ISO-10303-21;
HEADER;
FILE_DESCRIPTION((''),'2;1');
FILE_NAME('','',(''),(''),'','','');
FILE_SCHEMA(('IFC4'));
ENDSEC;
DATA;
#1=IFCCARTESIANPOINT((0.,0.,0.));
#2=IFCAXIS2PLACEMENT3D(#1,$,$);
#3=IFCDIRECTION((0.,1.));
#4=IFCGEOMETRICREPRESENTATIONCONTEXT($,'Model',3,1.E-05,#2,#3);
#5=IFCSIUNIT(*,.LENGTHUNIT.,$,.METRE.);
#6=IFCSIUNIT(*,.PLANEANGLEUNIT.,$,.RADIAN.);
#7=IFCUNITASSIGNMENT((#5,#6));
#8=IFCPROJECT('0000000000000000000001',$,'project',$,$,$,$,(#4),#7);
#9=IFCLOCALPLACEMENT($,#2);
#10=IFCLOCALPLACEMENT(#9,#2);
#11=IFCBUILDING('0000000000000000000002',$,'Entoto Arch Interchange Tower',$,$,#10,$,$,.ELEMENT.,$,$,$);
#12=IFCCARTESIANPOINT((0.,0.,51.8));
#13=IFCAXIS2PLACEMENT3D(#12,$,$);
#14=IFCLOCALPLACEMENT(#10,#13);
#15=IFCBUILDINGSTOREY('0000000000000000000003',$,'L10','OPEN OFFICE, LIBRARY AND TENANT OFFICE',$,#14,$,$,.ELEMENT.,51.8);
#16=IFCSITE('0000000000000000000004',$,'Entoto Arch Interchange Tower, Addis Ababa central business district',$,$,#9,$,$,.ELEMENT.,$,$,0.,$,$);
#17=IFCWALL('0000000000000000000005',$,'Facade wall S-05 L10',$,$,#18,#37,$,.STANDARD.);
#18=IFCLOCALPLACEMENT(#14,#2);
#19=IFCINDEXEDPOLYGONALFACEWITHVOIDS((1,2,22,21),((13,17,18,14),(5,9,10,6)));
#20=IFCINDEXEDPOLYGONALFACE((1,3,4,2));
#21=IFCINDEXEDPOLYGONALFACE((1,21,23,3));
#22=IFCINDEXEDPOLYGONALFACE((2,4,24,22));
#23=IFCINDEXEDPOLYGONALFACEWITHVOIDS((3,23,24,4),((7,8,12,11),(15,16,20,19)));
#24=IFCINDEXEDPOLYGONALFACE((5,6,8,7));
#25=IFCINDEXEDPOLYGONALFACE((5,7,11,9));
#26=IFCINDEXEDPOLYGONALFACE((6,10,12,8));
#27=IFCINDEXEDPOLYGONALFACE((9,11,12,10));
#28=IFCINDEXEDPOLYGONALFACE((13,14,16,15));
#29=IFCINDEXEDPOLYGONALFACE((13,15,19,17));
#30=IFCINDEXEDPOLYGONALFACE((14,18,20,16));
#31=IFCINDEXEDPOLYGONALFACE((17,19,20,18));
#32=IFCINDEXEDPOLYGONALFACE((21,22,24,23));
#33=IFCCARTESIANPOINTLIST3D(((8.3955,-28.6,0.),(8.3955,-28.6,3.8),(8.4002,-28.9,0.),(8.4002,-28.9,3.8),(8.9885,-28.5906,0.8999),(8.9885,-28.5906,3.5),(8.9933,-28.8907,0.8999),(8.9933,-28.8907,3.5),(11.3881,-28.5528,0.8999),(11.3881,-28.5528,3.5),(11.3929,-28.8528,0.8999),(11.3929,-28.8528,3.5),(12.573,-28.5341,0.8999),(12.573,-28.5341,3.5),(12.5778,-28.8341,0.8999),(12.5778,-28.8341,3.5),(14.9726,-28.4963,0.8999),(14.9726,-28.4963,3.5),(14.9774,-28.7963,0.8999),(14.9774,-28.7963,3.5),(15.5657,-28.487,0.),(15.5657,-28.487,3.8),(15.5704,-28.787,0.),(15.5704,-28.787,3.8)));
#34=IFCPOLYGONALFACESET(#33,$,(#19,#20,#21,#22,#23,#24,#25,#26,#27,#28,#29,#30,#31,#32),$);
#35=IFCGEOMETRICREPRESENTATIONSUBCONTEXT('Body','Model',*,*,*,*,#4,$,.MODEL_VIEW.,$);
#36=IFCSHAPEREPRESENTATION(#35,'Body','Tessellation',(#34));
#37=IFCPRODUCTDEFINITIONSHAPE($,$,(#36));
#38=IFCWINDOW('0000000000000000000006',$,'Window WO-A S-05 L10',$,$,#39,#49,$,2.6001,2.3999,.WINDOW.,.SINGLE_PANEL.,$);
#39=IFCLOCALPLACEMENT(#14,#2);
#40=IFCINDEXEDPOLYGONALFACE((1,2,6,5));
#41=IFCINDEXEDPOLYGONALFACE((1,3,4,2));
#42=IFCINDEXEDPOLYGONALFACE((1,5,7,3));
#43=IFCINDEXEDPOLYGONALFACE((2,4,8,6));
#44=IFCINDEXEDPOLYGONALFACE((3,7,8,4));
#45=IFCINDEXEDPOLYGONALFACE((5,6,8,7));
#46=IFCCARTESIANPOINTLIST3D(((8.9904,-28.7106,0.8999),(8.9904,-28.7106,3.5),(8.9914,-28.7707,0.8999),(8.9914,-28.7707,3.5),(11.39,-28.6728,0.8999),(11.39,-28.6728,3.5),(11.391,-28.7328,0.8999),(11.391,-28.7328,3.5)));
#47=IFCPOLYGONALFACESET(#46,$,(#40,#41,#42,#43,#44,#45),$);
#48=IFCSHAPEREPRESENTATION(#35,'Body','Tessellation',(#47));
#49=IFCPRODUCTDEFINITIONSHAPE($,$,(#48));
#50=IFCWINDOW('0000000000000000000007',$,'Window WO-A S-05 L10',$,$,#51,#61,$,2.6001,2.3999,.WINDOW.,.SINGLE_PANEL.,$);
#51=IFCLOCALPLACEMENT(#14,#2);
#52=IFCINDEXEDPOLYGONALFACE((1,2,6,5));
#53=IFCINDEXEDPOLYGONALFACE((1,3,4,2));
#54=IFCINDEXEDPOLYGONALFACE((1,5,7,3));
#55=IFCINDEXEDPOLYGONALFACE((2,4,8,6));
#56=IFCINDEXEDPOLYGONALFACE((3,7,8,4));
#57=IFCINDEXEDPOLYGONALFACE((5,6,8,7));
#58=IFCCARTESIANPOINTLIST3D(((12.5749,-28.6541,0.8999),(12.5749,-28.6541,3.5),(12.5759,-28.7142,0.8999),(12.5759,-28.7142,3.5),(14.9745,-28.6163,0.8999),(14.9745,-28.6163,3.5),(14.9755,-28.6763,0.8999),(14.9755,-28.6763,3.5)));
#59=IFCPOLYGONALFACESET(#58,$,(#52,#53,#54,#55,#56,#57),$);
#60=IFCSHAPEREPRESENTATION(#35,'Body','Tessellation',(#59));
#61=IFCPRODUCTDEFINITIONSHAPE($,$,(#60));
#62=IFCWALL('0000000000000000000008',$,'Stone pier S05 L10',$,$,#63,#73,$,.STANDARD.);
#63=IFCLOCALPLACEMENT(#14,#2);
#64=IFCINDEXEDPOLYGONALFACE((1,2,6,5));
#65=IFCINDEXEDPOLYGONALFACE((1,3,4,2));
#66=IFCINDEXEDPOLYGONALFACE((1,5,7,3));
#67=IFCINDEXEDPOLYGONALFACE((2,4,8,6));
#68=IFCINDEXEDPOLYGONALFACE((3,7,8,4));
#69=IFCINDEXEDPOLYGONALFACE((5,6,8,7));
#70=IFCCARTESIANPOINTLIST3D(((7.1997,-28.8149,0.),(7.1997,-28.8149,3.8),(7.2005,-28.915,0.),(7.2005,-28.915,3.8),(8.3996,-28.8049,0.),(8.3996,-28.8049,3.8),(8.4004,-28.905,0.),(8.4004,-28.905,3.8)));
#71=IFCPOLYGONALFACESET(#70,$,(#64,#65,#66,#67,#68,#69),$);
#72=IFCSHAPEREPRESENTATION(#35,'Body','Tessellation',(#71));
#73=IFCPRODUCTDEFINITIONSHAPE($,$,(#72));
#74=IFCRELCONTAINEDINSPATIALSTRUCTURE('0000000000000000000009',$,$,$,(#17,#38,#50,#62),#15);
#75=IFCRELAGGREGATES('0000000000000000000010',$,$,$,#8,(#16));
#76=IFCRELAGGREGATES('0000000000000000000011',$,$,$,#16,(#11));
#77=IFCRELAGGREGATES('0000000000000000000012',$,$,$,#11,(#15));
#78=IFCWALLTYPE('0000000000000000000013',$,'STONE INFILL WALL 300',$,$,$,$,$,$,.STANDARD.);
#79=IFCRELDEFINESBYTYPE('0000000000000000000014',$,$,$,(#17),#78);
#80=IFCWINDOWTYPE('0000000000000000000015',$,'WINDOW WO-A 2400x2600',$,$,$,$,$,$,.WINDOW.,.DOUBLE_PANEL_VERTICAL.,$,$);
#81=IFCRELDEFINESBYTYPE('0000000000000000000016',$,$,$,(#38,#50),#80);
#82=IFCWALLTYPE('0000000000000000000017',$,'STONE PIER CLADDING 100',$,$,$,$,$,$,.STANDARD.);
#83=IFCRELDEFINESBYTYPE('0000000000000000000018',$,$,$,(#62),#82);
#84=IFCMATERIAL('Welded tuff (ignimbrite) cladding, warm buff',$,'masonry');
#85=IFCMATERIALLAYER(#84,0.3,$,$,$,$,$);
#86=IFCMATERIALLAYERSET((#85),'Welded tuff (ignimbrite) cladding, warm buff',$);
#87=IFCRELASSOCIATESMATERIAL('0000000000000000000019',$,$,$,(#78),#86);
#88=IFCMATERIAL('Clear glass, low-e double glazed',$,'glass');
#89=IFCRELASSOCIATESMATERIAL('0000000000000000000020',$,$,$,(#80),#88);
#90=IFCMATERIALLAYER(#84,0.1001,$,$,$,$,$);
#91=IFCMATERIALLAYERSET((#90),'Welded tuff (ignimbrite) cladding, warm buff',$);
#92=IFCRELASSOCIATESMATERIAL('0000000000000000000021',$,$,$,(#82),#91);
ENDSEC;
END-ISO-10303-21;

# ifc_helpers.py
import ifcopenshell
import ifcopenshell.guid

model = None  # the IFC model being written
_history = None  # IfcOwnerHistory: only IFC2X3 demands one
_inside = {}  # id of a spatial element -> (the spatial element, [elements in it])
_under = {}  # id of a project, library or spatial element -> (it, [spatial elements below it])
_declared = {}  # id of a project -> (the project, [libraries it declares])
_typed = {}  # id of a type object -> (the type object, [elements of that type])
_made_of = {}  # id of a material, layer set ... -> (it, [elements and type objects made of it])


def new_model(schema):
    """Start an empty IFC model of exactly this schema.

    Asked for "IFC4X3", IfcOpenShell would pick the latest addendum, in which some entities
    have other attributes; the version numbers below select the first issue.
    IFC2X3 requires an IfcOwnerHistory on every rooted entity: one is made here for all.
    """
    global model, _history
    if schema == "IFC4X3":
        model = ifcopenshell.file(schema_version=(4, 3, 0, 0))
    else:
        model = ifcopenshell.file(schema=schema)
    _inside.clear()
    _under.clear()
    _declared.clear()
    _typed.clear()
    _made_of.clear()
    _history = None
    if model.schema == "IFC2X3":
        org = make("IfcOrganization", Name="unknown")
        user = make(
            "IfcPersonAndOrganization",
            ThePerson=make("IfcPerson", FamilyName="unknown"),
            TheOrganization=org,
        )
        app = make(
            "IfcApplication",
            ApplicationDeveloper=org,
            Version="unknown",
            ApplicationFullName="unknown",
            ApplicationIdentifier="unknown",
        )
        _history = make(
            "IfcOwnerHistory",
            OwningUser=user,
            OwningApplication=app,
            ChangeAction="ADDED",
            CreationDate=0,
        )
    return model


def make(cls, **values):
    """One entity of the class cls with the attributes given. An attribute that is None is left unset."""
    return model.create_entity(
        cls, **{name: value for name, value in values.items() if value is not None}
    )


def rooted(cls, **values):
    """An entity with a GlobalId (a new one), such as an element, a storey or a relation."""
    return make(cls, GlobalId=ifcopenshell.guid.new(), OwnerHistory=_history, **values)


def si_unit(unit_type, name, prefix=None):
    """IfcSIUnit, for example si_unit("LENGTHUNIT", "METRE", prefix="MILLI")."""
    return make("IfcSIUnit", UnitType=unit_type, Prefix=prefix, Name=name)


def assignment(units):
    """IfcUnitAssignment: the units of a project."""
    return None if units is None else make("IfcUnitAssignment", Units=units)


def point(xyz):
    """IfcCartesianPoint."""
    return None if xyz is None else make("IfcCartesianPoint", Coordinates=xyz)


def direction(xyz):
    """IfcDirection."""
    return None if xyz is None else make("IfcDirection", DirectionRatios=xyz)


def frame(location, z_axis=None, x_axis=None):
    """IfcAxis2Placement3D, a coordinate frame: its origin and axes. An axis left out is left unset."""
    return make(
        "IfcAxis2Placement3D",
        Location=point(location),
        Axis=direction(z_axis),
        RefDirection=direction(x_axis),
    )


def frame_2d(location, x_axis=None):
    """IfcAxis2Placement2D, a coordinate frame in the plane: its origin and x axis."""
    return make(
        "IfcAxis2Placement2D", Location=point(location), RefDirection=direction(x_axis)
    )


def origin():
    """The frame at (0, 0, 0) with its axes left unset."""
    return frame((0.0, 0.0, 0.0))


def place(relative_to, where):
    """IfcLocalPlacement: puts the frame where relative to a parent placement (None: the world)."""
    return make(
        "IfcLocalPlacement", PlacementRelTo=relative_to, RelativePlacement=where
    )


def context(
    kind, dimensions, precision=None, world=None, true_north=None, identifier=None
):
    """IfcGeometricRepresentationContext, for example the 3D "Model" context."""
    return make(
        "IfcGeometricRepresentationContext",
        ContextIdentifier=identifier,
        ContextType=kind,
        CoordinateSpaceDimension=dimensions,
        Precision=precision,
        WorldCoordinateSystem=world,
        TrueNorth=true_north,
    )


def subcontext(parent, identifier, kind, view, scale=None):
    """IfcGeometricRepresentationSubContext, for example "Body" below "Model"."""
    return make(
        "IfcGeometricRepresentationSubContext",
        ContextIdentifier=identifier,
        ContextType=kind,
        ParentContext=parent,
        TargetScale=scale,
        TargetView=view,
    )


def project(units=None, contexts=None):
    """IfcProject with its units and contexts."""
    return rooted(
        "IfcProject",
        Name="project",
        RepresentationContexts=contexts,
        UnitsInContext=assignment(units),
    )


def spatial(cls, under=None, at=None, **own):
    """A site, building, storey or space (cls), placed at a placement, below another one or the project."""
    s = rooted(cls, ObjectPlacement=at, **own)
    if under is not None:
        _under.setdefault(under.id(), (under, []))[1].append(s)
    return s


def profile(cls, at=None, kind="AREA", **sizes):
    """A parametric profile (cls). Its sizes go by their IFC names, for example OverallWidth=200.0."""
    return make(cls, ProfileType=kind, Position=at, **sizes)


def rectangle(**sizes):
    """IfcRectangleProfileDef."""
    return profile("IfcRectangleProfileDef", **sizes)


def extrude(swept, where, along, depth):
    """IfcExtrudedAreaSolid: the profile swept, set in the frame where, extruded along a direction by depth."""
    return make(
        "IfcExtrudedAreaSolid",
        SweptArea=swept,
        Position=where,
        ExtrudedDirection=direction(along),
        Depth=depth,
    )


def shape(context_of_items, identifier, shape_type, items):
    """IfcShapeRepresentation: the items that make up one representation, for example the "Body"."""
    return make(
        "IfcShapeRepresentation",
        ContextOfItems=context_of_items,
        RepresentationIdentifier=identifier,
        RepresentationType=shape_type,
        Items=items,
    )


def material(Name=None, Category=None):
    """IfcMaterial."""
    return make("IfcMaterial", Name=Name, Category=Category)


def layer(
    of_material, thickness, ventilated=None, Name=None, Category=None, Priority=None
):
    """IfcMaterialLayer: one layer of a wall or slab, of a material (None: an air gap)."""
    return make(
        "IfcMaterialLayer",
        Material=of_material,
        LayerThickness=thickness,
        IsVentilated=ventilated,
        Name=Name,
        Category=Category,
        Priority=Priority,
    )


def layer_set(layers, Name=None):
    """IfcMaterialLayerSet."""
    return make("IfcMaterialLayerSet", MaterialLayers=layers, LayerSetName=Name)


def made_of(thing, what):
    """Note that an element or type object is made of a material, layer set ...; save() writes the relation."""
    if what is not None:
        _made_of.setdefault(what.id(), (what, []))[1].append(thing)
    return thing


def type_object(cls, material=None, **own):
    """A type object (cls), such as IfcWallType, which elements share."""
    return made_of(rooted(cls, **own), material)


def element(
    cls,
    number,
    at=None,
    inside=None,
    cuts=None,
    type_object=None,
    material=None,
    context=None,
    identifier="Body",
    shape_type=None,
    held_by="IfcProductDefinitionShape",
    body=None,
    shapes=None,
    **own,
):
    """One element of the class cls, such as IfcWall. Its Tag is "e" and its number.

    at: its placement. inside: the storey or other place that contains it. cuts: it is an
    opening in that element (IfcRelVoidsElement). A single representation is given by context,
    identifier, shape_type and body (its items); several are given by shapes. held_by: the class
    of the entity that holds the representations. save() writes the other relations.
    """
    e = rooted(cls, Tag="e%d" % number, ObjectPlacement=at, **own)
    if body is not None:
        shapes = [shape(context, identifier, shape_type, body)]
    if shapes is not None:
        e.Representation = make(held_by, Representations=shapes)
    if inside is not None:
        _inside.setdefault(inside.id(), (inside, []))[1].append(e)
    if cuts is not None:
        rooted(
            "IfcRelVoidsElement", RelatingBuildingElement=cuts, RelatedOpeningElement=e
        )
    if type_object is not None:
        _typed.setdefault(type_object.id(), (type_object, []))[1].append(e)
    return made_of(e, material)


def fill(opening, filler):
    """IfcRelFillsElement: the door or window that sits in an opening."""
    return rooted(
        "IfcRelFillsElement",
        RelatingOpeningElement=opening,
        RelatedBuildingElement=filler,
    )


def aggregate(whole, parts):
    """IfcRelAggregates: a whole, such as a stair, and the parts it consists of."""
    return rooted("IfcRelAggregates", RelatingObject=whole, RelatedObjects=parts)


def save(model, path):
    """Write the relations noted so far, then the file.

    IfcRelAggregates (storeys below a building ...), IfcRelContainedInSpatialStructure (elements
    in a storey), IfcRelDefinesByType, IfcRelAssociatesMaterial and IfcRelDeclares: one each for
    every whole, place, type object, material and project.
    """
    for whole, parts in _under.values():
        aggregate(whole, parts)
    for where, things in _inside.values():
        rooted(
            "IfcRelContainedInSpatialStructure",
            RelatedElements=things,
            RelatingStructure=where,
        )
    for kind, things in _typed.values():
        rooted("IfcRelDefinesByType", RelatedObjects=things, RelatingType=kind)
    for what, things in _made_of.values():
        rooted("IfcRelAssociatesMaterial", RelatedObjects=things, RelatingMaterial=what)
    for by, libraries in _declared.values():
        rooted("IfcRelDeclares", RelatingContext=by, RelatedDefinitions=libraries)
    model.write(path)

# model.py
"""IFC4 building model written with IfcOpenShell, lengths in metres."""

from ifc_helpers import new_model, si_unit, direction, frame, frame_2d, origin, place, context, subcontext, project, spatial, rectangle, extrude, material, layer, layer_set, type_object, element, fill, save


model = new_model("IFC4")

# Units and contexts
model_context = context("Model", 3, precision=1e-05, world=origin(), true_north=direction((0.0, 1.0)))
body_context = subcontext(model_context, "Body", "Model", "MODEL_VIEW")
ifc_project = project(units=[si_unit("LENGTHUNIT", "METRE"), si_unit("PLANEANGLEUNIT", "RADIAN")], contexts=[model_context])

# Site, building, storey
site_placement = place(None, origin())
site = spatial("IfcSite", under=ifc_project, at=site_placement, Name="Entoto Arch Interchange Tower, Addis Ababa central business district", CompositionType="ELEMENT", RefElevation=0.0)
building_placement = place(site_placement, origin())
building = spatial("IfcBuilding", under=site, at=building_placement, Name="Entoto Arch Interchange Tower", CompositionType="ELEMENT")
storey_placement = place(building_placement, frame((0.0, 0.0, 51.8)))
storey = spatial("IfcBuildingStorey", under=building, at=storey_placement, Name="L10", Description="OPEN OFFICE, LIBRARY AND TENANT OFFICE", CompositionType="ELEMENT", Elevation=51.8)

# Shared definitions
ifc_material_1 = material(Name="Clear glass, low-e double glazed", Category="glass")

# Wall, openings, windows
ifc_material_2 = material(Name="Welded tuff (ignimbrite) cladding, warm buff", Category="masonry")
ifc_layer_1 = layer(ifc_material_2, 0.3)
ifc_layer_set_1 = layer_set([ifc_layer_1], Name="Welded tuff (ignimbrite) cladding, warm buff")
wall_type_1 = type_object("IfcWallType", Name="STONE INFILL WALL 300", PredefinedType="STANDARD", material=ifc_layer_set_1)
wall_1_placement = place(storey_placement, frame((8.3979, -28.75, 0.0), z_axis=(0.0, 0.0, 1.0), x_axis=(0.999876, 0.015763, 0.0)))
wall_1 = element("IfcWall", 1, at=wall_1_placement, inside=storey, type_object=wall_type_1, Name="Facade wall S-05 L10", PredefinedType="STANDARD", context=body_context, shape_type="SweptSolid", body=[
    extrude(rectangle(XDim=7.1711, YDim=0.3, at=frame_2d((3.5854, 0.0))), origin(), (0.0, 0.0, 1.0), 3.8),
])
opening_1_placement = place(wall_1_placement, frame((0.593, 0.0, 0.8999)))
opening_1 = element("IfcOpeningElement", 2, at=opening_1_placement, cuts=wall_1, PredefinedType="OPENING", context=body_context, shape_type="SweptSolid", body=[
    extrude(rectangle(XDim=2.3999, YDim=2.6001, at=frame_2d((1.2, 1.3))), frame((0.0, 0.1602, 0.0), z_axis=(0.0, -1.0, 0.0), x_axis=(1.0, 0.0, 0.0)), (0.0, 0.0, 1.0), 0.3201),
])
opening_2_placement = place(wall_1_placement, frame((4.178, 0.0, 0.8999)))
opening_2 = element("IfcOpeningElement", 3, at=opening_2_placement, cuts=wall_1, PredefinedType="OPENING", context=body_context, shape_type="SweptSolid", body=[
    extrude(rectangle(XDim=2.3999, YDim=2.6001, at=frame_2d((1.2, 1.3))), frame((0.0, 0.1602, 0.0), z_axis=(0.0, -1.0, 0.0), x_axis=(1.0, 0.0, 0.0)), (0.0, 0.0, 1.0), 0.3201),
])
window_type = type_object("IfcWindowType", Name="WINDOW WO-A 2400x2600", PartitioningType="DOUBLE_PANEL_VERTICAL", PredefinedType="WINDOW", material=ifc_material_1)
window_1_placement = place(opening_1_placement, origin())
window_1 = element("IfcWindow", 4, at=window_1_placement, inside=storey, type_object=window_type, Name="Window WO-A S-05 L10", OverallHeight=2.6001, OverallWidth=2.3999, PartitioningType="SINGLE_PANEL", PredefinedType="WINDOW", context=body_context, shape_type="SweptSolid", body=[
    extrude(rectangle(XDim=2.3999, YDim=2.6001, at=frame_2d((1.2, 1.3))), frame((0.0, 0.03, 0.0), z_axis=(0.0, -1.0, 0.0), x_axis=(1.0, 0.0, 0.0)), (0.0, 0.0, 1.0), 0.0601),
])
fill(opening_1, window_1)
window_2_placement = place(opening_2_placement, origin())
window_2 = element("IfcWindow", 5, at=window_2_placement, inside=storey, type_object=window_type, Name="Window WO-A S-05 L10", OverallHeight=2.6001, OverallWidth=2.3999, PartitioningType="SINGLE_PANEL", PredefinedType="WINDOW", context=body_context, shape_type="SweptSolid", body=[
    extrude(rectangle(XDim=2.3999, YDim=2.6001, at=frame_2d((1.2, 1.3))), frame((0.0, 0.03, 0.0), z_axis=(0.0, -1.0, 0.0), x_axis=(1.0, 0.0, 0.0)), (0.0, 0.0, 1.0), 0.0601),
])
fill(opening_2, window_2)

# Wall
ifc_layer_2 = layer(ifc_material_2, 0.1001)
ifc_layer_set_2 = layer_set([ifc_layer_2], Name="Welded tuff (ignimbrite) cladding, warm buff")
wall_type_2 = type_object("IfcWallType", Name="STONE PIER CLADDING 100", PredefinedType="STANDARD", material=ifc_layer_set_2)
wall_2_placement = place(storey_placement, frame((7.2, -28.865, 0.0), z_axis=(0.0, 0.0, 1.0), x_axis=(0.999965, 0.008342, 0.0)))
element("IfcWall", 6, at=wall_2_placement, inside=storey, type_object=wall_type_2, Name="Stone pier S05 L10", PredefinedType="STANDARD", context=body_context, shape_type="SweptSolid", body=[
    extrude(rectangle(XDim=1.2, YDim=0.1001, at=frame_2d((0.6001, 0.0))), origin(), (0.0, 0.0, 1.0), 3.8),
])

save(model, "model.ifc")
